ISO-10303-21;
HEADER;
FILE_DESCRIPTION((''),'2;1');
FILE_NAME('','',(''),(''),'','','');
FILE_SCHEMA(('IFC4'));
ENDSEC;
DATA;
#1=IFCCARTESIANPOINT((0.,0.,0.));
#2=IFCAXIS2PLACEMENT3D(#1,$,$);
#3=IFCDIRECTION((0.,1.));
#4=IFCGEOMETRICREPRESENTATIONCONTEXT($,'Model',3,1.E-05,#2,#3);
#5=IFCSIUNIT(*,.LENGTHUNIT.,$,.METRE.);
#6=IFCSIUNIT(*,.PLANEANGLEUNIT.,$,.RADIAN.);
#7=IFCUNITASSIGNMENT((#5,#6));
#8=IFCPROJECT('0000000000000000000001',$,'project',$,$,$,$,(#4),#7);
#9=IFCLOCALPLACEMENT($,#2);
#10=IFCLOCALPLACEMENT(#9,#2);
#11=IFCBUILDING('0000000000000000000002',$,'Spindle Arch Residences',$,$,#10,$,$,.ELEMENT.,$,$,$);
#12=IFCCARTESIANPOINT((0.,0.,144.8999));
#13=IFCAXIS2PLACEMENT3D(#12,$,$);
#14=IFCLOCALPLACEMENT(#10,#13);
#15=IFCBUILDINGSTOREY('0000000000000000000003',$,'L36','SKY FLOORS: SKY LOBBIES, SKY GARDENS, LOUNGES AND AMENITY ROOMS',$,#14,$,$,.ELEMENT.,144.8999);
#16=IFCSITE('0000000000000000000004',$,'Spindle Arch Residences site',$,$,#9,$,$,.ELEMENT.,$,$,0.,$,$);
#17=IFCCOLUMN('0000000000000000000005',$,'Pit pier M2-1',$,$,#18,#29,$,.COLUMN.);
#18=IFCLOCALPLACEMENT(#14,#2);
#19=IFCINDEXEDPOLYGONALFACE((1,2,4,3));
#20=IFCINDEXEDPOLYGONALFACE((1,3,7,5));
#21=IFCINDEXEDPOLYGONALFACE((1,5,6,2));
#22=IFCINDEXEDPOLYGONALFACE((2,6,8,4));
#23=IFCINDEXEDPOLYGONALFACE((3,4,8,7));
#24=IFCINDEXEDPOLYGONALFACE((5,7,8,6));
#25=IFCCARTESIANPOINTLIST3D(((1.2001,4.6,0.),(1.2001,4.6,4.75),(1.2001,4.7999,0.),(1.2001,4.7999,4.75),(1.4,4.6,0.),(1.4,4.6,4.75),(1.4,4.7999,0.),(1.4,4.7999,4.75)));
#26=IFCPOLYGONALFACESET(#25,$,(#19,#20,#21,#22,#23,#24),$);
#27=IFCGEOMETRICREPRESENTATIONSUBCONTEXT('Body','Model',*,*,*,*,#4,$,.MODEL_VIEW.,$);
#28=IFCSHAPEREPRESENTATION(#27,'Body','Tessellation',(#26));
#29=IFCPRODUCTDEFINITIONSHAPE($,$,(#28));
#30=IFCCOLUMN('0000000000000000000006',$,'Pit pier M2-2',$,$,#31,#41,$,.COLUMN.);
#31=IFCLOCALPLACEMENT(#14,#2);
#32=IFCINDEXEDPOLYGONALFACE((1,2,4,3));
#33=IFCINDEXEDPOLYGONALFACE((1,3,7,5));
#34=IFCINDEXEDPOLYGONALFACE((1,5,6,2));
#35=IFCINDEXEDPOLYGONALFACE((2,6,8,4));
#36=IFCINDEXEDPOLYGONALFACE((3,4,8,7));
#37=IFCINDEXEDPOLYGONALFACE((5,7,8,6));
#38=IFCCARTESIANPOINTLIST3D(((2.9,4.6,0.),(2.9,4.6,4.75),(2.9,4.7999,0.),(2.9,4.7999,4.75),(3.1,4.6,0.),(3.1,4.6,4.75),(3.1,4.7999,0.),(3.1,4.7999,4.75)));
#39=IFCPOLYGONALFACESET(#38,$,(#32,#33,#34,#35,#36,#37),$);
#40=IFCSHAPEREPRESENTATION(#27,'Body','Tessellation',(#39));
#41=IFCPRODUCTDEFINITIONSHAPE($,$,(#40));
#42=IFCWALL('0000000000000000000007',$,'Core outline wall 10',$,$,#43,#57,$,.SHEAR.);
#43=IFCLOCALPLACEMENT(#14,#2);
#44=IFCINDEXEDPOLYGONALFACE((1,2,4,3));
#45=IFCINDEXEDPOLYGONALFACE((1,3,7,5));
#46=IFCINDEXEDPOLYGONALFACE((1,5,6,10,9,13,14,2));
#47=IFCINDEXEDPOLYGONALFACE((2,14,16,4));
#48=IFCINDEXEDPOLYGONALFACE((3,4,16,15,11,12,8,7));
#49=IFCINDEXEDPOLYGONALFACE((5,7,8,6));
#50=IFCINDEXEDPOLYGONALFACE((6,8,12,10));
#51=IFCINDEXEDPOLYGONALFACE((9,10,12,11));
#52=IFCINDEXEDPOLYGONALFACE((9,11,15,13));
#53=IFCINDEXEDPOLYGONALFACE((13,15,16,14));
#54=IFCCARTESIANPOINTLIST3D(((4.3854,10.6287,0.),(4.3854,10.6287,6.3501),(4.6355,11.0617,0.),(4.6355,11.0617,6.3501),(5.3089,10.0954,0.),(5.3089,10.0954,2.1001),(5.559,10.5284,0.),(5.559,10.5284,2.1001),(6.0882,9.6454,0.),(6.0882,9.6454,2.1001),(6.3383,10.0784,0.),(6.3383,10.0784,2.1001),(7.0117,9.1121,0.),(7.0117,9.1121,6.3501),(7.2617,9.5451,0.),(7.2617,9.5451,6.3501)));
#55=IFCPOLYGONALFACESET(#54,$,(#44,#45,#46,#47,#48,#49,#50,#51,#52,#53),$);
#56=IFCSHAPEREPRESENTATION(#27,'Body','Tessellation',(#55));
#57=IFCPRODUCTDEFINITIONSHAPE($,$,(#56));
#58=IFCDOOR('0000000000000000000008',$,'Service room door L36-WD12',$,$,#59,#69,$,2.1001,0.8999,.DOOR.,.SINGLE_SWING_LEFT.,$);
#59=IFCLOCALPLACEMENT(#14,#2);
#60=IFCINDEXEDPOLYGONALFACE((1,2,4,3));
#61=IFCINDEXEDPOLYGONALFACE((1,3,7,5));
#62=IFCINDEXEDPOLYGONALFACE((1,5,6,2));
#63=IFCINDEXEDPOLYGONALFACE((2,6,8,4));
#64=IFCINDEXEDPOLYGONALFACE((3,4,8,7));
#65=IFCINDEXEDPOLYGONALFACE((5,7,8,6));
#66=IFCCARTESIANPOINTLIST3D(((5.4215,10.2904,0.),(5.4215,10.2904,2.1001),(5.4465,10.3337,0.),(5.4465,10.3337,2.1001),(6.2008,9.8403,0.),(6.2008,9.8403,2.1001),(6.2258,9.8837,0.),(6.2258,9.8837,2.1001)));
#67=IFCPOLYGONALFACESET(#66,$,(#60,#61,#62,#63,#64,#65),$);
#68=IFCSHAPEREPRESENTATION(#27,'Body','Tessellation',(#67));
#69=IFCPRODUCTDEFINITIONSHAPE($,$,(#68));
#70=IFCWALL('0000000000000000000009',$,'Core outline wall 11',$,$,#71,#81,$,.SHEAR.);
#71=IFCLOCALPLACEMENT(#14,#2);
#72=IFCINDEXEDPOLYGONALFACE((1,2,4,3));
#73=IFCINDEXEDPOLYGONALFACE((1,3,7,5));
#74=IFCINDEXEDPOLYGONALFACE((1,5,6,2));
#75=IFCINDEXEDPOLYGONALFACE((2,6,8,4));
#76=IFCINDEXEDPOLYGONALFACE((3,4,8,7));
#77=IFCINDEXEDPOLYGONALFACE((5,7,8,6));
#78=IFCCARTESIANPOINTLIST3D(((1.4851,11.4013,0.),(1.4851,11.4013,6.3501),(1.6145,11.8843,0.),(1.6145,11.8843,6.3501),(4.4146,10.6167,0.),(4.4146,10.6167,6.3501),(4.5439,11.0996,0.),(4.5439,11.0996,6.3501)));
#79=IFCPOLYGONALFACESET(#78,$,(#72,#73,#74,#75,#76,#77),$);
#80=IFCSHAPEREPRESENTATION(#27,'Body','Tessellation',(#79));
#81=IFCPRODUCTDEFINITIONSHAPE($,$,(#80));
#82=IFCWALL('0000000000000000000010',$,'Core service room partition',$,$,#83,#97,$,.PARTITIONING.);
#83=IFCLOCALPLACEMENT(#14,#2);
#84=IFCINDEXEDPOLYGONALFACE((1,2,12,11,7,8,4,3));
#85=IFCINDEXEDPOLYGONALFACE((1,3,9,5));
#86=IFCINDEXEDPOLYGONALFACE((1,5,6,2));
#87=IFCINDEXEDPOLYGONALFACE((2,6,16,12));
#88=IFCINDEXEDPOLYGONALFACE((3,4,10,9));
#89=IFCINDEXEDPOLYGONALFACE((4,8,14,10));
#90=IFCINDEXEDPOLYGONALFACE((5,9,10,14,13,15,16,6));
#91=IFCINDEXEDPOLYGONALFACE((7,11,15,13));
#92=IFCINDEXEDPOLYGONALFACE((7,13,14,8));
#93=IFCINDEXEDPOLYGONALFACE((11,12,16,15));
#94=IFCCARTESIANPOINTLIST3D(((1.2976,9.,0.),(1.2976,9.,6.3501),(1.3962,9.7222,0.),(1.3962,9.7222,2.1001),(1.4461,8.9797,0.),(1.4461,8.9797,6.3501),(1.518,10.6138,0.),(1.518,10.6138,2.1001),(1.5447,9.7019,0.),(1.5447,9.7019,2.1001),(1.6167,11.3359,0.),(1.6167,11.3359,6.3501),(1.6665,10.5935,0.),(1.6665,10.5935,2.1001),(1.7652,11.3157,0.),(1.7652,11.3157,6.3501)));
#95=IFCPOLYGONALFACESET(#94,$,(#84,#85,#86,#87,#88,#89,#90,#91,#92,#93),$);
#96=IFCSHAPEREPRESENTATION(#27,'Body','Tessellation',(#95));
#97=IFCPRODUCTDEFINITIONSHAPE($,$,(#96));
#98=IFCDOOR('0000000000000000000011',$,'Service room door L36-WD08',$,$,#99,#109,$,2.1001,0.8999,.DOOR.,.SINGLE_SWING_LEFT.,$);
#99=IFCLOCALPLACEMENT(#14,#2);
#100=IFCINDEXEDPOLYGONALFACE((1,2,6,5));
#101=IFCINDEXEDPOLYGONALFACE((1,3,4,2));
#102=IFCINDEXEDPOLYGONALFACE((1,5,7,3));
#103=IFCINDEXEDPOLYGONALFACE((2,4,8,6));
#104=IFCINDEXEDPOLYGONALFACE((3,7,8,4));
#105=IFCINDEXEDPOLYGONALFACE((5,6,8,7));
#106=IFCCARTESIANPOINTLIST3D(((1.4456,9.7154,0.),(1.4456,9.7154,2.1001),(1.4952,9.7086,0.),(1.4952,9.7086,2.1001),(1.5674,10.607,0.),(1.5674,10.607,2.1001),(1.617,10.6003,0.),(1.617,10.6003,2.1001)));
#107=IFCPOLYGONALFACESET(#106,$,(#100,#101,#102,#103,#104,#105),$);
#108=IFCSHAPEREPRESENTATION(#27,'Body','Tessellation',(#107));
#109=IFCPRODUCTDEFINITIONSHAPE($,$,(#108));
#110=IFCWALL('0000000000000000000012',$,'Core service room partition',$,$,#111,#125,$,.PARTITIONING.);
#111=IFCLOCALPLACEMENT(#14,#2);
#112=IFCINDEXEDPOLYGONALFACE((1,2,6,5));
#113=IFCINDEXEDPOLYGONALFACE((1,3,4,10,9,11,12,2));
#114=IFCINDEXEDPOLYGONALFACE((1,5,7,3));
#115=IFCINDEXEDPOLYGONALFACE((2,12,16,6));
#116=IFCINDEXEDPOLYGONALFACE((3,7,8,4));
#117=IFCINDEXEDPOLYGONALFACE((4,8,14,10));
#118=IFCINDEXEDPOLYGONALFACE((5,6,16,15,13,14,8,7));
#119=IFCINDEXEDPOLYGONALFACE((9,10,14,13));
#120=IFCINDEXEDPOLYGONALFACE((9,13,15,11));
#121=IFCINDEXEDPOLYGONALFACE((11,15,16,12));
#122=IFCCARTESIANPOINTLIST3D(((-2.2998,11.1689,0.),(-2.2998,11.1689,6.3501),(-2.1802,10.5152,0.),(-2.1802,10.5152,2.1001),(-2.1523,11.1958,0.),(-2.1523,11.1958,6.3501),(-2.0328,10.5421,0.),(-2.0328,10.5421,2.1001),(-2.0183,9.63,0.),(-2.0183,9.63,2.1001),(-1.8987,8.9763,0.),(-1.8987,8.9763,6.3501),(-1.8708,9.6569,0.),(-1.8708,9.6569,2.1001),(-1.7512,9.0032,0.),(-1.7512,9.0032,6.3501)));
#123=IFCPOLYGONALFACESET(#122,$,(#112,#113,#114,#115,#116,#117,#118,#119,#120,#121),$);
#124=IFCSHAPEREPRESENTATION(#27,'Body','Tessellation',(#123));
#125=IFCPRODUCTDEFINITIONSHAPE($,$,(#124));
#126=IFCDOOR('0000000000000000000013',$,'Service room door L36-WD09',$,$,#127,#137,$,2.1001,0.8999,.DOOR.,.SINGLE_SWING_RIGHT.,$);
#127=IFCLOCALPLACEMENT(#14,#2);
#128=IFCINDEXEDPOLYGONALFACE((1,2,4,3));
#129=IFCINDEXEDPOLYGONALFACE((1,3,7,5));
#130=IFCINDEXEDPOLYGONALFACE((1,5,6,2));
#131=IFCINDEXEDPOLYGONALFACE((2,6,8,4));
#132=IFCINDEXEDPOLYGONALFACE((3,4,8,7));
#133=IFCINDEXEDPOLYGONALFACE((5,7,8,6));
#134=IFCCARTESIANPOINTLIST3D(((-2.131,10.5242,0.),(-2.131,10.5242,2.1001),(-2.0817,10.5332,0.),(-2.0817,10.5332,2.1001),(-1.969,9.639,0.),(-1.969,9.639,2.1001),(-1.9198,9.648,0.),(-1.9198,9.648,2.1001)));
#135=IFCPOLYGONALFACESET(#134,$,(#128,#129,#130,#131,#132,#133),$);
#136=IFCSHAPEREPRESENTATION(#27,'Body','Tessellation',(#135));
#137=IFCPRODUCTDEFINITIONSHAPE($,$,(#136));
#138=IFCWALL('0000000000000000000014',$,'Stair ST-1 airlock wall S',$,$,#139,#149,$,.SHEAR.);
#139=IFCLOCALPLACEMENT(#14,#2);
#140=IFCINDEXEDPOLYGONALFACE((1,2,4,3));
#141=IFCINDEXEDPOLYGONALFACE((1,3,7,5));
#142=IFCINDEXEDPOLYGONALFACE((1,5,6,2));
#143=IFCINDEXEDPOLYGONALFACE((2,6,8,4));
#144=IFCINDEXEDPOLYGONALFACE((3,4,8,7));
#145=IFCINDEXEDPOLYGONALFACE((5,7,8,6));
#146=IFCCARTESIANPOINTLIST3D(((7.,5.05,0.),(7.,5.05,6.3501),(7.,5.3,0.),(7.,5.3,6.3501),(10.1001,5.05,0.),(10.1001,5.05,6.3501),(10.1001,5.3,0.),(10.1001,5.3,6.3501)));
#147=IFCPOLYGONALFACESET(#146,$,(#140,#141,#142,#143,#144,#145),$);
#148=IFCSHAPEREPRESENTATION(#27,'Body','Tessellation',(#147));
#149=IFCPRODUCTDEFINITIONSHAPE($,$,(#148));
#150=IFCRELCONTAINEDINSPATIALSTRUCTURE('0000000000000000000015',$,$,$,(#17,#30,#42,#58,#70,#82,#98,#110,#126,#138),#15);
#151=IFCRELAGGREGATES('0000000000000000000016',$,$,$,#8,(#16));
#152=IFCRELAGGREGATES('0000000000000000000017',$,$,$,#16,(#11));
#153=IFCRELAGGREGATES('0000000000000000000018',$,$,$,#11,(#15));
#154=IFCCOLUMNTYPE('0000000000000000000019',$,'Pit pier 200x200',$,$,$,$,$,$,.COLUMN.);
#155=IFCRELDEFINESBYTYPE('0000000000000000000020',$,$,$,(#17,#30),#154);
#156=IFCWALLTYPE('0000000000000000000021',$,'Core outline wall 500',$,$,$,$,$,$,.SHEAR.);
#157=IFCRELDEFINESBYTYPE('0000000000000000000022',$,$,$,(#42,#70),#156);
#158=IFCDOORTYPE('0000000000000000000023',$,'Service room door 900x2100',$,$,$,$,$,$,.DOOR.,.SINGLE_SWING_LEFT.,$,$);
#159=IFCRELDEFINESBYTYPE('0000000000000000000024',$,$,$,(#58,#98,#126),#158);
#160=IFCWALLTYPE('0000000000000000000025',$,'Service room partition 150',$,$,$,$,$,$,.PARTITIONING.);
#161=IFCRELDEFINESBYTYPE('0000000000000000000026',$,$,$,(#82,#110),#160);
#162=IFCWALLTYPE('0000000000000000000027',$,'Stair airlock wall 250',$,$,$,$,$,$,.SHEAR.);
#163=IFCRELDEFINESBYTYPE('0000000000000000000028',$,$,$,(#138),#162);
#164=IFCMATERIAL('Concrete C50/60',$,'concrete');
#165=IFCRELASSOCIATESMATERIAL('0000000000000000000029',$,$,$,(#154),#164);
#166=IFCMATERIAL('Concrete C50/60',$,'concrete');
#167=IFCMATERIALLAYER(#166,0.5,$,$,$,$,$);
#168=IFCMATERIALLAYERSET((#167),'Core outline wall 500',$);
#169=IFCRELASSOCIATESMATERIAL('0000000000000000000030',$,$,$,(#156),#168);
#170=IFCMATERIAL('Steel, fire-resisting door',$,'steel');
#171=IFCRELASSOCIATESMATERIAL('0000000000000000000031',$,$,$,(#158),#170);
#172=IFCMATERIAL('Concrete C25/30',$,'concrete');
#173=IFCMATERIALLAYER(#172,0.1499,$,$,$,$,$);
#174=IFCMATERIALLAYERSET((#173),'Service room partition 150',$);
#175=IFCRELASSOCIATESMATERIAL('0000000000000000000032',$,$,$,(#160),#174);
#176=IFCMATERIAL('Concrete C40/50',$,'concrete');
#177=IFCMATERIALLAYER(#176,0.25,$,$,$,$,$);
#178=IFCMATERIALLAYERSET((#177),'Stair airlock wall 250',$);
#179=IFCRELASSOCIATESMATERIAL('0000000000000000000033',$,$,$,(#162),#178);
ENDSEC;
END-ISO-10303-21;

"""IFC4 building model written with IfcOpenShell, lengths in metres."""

from ifc_helpers import new_model, si_unit, direction, frame, frame_2d, origin, origin_2d, place, context, subcontext, project, spatial, rectangle, extrude, material, layer, layer_set, material_profile, profile_set, type_object, element, fill, save


model = new_model("IFC4")

# Units and contexts
model_context = context("Model", 3, precision=1e-05, world=origin(), true_north=direction((0.0, 1.0)))
body_context = subcontext(model_context, "Body", "Model", "MODEL_VIEW")
ifc_project = project(units=[si_unit("LENGTHUNIT", "METRE"), si_unit("PLANEANGLEUNIT", "RADIAN")], contexts=[model_context])

# Site, building, storey
site_placement = place(None, origin())
site = spatial("IfcSite", under=ifc_project, at=site_placement, Name="Spindle Arch Residences site", CompositionType="ELEMENT", RefElevation=0.0)
building_placement = place(site_placement, origin())
building = spatial("IfcBuilding", under=site, at=building_placement, Name="Spindle Arch Residences", CompositionType="ELEMENT")
storey_placement = place(building_placement, frame((0.0, 0.0, 144.8999)))
storey = spatial("IfcBuildingStorey", under=building, at=storey_placement, Name="L36", Description="SKY FLOORS: SKY LOBBIES, SKY GARDENS, LOUNGES AND AMENITY ROOMS", CompositionType="ELEMENT", Elevation=144.8999)

# Columns
ifc_material_1 = material(Name="Concrete C50/60", Category="concrete")
ifc_material_profile = material_profile(ifc_material_1, rectangle(XDim=0.2, YDim=0.2, at=origin_2d()), Name="RC 200x200")
ifc_profile_set = profile_set([ifc_material_profile], Name="Concrete C50/60")
column_type = type_object("IfcColumnType", Name="Pit pier 200x200", PredefinedType="COLUMN", material=ifc_profile_set)
for number, where, z_axis, x_axis, name in (
    (1, (1.3, 4.7, 0.0), (0.0, 0.0, 1.0), (1.0, 0.0, 0.0), "Pit pier M2-1"),
    (2, (3.0, 4.7, 0.0), (0.0, 0.0, 1.0), (1.0, 0.0, 0.0), "Pit pier M2-2"),
):
    element("IfcColumn", number, at=place(storey_placement, frame(where, z_axis=z_axis, x_axis=x_axis)), inside=storey, type_object=column_type, Name=name, PredefinedType="COLUMN", context=body_context, shape_type="SweptSolid", body=[
        extrude(rectangle(XDim=0.2, YDim=0.2, at=origin_2d()), origin(), (0.0, 0.0, 1.0), 4.75),
    ])

# Wall, opening, door
ifc_material_2 = material(Name="Concrete C50/60", Category="concrete")
ifc_layer_1 = layer(ifc_material_2, 0.5)
ifc_layer_set_1 = layer_set([ifc_layer_1], Name="Core outline wall 500")
wall_type_1 = type_object("IfcWallType", Name="Core outline wall 500", PredefinedType="SHEAR", material=ifc_layer_set_1)
wall_1_placement = place(storey_placement, frame((7.1367, 9.3286, 0.0), z_axis=(0.0, 0.0, 1.0), x_axis=(-0.865975, 0.500087, 0.0)))
wall_1 = element("IfcWall", 3, at=wall_1_placement, inside=storey, type_object=wall_type_1, Name="Core outline wall 10", PredefinedType="SHEAR", context=body_context, shape_type="SweptSolid", body=[
    extrude(rectangle(XDim=3.0327, YDim=0.5, at=frame_2d((1.5164, 0.0))), origin(), (0.0, 0.0, 1.0), 6.3501),
])
opening_1_placement = place(wall_1_placement, frame((1.0664, 0.0, 0.0)))
opening_1 = element("IfcOpeningElement", 4, at=opening_1_placement, cuts=wall_1, PredefinedType="OPENING", context=body_context, shape_type="SweptSolid", body=[
    extrude(rectangle(XDim=0.8999, YDim=2.1001, at=frame_2d((0.45, 1.05))), frame((0.0, 0.26, 0.0), z_axis=(0.0, -1.0, 0.0), x_axis=(1.0, 0.0, 0.0)), (0.0, 0.0, 1.0), 0.52),
])
ifc_material_3 = material(Name="Steel, fire-resisting door", Category="steel")
door_type_1 = type_object("IfcDoorType", Name="Service room door 900x2100", OperationType="SINGLE_SWING_LEFT", PredefinedType="DOOR", material=ifc_material_3)
door_1_placement = place(opening_1_placement, origin())
door_1 = element("IfcDoor", 5, at=door_1_placement, inside=storey, type_object=door_type_1, Name="Service room door L36-WD12", OperationType="SINGLE_SWING_LEFT", OverallHeight=2.1001, OverallWidth=0.8999, PredefinedType="DOOR", context=body_context, shape_type="SweptSolid", body=[
    extrude(rectangle(XDim=0.8999, YDim=2.1001, at=frame_2d((0.45, 1.05))), frame((0.0, 0.0249, 0.0), z_axis=(0.0, -1.0, 0.0), x_axis=(1.0, 0.0, 0.0)), (0.0, 0.0, 1.0), 0.05),
])
fill(opening_1, door_1)

# Wall
wall_2_placement = place(storey_placement, frame((4.4792, 10.8582, 0.0), z_axis=(0.0, 0.0, 1.0), x_axis=(-0.965948, 0.258735, 0.0)))
element("IfcWall", 6, at=wall_2_placement, inside=storey, type_object=wall_type_1, Name="Core outline wall 11", PredefinedType="SHEAR", context=body_context, shape_type="SweptSolid", body=[
    extrude(rectangle(XDim=3.0327, YDim=0.5, at=frame_2d((1.5164, 0.0))), origin(), (0.0, 0.0, 1.0), 6.3501),
])

# Walls, openings, doors
ifc_material_4 = material(Name="Concrete C25/30", Category="concrete")
ifc_layer_2 = layer(ifc_material_4, 0.1499)
ifc_layer_set_2 = layer_set([ifc_layer_2], Name="Service room partition 150")
wall_type_2 = type_object("IfcWallType", Name="Service room partition 150", PredefinedType="PARTITIONING", material=ifc_layer_set_2)
wall_3_placement = place(storey_placement, frame((1.6909, 11.3257, 0.0), z_axis=(0.0, 0.0, 1.0), x_axis=(-0.135344, -0.990799, 0.0)))
wall_3 = element("IfcWall", 7, at=wall_3_placement, inside=storey, type_object=wall_type_2, Name="Core service room partition", PredefinedType="PARTITIONING", context=body_context, shape_type="SweptSolid", body=[
    extrude(rectangle(XDim=2.3577, YDim=0.1499, at=frame_2d((1.1787, 0.0))), origin(), (0.0, 0.0, 1.0), 6.3501),
])
opening_2_placement = place(wall_3_placement, frame((0.7288, 0.0, 0.0)))
opening_2 = element("IfcOpeningElement", 8, at=opening_2_placement, cuts=wall_3, PredefinedType="OPENING", context=body_context, shape_type="SweptSolid", body=[
    extrude(rectangle(XDim=0.8999, YDim=2.1001, at=frame_2d((0.45, 1.05))), frame((0.0, 0.085, 0.0), z_axis=(0.0, -1.0, 0.0), x_axis=(1.0, 0.0, 0.0)), (0.0, 0.0, 1.0), 0.1699),
])
door_2_placement = place(opening_2_placement, origin())
door_2 = element("IfcDoor", 9, at=door_2_placement, inside=storey, type_object=door_type_1, Name="Service room door L36-WD08", OperationType="SINGLE_SWING_LEFT", OverallHeight=2.1001, OverallWidth=0.8999, PredefinedType="DOOR", context=body_context, shape_type="SweptSolid", body=[
    extrude(rectangle(XDim=0.8999, YDim=2.1001, at=frame_2d((0.45, 1.05))), frame((0.0, 0.0249, 0.0), z_axis=(0.0, -1.0, 0.0), x_axis=(1.0, 0.0, 0.0)), (0.0, 0.0, 1.0), 0.05),
])
fill(opening_2, door_2)
wall_4_placement = place(storey_placement, frame((-1.825, 8.9897, 0.0), z_axis=(0.0, 0.0, 1.0), x_axis=(-0.179955, 0.983675, 0.0)))
wall_4 = element("IfcWall", 10, at=wall_4_placement, inside=storey, type_object=wall_type_2, Name="Core service room partition", PredefinedType="PARTITIONING", context=body_context, shape_type="SweptSolid", body=[
    extrude(rectangle(XDim=2.229, YDim=0.1499, at=frame_2d((1.1145, 0.0))), origin(), (0.0, 0.0, 1.0), 6.3501),
])
opening_3_placement = place(wall_4_placement, frame((0.6646, 0.0, 0.0)))
opening_3 = element("IfcOpeningElement", 11, at=opening_3_placement, cuts=wall_4, PredefinedType="OPENING", context=body_context, shape_type="SweptSolid", body=[
    extrude(rectangle(XDim=0.8999, YDim=2.1001, at=frame_2d((0.45, 1.05))), frame((0.0, 0.085, 0.0), z_axis=(0.0, -1.0, 0.0), x_axis=(1.0, 0.0, 0.0)), (0.0, 0.0, 1.0), 0.1699),
])
door_3_placement = place(opening_3_placement, origin())
door_3 = element("IfcDoor", 12, at=door_3_placement, inside=storey, type_object=door_type_1, Name="Service room door L36-WD09", OperationType="SINGLE_SWING_RIGHT", OverallHeight=2.1001, OverallWidth=0.8999, PredefinedType="DOOR", context=body_context, shape_type="SweptSolid", body=[
    extrude(rectangle(XDim=0.8999, YDim=2.1001, at=frame_2d((0.45, 1.05))), frame((0.0, 0.0249, 0.0), z_axis=(0.0, -1.0, 0.0), x_axis=(1.0, 0.0, 0.0)), (0.0, 0.0, 1.0), 0.05),
])
fill(opening_3, door_3)

# Wall
ifc_material_5 = material(Name="Concrete C40/50", Category="concrete")
ifc_layer_3 = layer(ifc_material_5, 0.25)
ifc_layer_set_3 = layer_set([ifc_layer_3], Name="Stair airlock wall 250")
wall_type_3 = type_object("IfcWallType", Name="Stair airlock wall 250", PredefinedType="SHEAR", material=ifc_layer_set_3)
wall_5_placement = place(storey_placement, frame((7.0, 5.175, 0.0), z_axis=(0.0, 0.0, 1.0), x_axis=(1.0, 0.0, 0.0)))
element("IfcWall", 13, at=wall_5_placement, inside=storey, type_object=wall_type_3, Name="Stair ST-1 airlock wall S", PredefinedType="SHEAR", context=body_context, shape_type="SweptSolid", body=[
    extrude(rectangle(XDim=3.1001, YDim=0.25, at=frame_2d((1.55, 0.0))), origin(), (0.0, 0.0, 1.0), 6.3501),
])

save(model, "model.ifc")
